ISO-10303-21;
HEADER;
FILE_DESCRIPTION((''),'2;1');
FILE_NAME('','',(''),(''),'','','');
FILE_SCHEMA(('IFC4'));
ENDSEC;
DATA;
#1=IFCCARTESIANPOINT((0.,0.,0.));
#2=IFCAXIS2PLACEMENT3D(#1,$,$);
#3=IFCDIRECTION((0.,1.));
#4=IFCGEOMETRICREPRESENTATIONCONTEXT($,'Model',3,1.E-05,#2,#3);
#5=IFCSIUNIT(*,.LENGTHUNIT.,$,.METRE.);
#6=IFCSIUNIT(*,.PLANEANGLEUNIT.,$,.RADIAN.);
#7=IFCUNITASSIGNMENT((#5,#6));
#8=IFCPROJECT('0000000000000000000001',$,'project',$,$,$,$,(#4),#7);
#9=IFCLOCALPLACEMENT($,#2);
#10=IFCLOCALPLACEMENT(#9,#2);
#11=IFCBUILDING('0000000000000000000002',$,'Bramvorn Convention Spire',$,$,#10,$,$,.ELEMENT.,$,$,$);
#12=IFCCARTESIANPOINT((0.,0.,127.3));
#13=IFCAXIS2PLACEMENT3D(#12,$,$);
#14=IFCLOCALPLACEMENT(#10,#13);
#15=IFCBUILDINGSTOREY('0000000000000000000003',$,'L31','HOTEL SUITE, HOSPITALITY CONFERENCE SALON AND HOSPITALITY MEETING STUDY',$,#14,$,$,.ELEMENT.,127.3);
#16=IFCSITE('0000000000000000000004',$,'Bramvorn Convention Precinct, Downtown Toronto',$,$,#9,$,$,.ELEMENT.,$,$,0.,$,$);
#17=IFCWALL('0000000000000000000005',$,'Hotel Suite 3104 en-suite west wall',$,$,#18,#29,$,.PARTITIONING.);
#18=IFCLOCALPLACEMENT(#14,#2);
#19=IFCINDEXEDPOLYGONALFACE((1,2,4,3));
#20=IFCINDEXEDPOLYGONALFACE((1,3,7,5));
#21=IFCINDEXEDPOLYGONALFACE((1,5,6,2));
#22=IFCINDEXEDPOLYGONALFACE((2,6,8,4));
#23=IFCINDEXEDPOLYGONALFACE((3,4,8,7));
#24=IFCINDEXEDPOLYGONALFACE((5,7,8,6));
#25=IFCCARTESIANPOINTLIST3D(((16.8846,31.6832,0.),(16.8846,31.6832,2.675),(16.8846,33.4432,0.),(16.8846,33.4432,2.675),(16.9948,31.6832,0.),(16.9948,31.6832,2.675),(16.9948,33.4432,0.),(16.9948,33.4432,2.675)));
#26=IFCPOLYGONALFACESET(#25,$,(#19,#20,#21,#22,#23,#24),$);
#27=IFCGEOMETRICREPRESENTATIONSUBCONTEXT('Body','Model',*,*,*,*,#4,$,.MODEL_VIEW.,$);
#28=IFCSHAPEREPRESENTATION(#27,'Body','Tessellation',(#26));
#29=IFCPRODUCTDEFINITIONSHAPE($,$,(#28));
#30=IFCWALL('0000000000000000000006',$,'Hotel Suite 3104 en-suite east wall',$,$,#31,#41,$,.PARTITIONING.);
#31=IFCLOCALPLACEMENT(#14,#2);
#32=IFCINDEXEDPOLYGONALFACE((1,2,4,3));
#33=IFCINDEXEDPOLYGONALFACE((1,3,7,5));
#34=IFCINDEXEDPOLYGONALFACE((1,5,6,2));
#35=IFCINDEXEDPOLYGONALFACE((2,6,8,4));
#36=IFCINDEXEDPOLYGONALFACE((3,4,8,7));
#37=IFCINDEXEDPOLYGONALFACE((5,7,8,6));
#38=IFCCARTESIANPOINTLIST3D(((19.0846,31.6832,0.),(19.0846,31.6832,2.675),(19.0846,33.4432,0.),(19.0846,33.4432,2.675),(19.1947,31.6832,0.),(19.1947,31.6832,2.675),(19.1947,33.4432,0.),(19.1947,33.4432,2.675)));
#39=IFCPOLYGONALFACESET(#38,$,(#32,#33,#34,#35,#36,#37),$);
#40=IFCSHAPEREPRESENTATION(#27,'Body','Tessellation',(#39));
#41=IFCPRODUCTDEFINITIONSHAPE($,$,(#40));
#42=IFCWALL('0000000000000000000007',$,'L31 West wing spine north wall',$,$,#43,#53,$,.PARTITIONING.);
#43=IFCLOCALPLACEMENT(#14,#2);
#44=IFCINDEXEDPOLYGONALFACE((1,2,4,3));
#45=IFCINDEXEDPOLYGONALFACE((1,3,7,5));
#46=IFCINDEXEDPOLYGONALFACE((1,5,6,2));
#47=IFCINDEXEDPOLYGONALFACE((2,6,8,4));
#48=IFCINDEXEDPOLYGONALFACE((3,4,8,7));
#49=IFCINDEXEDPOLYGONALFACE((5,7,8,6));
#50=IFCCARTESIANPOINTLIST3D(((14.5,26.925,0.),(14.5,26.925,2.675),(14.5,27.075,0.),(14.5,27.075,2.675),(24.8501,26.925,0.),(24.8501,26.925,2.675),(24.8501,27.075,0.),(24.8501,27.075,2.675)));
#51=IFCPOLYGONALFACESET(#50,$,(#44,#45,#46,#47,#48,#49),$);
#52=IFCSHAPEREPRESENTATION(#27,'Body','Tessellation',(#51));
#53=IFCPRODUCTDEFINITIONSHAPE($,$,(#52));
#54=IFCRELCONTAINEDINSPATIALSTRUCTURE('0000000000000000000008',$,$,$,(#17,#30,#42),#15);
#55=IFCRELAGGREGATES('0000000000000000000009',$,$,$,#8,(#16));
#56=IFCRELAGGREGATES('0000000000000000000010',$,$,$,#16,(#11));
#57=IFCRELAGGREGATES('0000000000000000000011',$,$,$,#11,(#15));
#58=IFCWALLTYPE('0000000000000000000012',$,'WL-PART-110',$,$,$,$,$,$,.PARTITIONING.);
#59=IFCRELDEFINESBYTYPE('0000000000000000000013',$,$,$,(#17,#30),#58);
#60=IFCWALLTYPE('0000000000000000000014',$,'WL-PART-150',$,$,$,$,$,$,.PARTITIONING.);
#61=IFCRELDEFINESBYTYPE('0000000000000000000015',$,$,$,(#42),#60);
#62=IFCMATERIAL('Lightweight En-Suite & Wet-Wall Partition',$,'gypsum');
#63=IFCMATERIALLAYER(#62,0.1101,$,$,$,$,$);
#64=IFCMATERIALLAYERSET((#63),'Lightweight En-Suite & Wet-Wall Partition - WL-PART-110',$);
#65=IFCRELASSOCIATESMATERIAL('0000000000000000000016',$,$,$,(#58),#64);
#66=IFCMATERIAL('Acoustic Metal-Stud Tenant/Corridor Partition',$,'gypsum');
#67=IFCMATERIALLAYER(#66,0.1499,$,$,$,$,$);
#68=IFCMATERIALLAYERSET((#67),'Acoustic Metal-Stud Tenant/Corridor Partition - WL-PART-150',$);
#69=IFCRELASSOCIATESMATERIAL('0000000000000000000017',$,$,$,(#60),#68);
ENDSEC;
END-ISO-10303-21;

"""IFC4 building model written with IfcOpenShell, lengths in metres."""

from ifc_helpers import new_model, si_unit, direction, frame, frame_2d, origin, place, context, subcontext, project, spatial, rectangle, extrude, material, layer, layer_set, type_object, element, save


model = new_model("IFC4")

# Units and contexts
model_context = context("Model", 3, precision=1e-05, world=origin(), true_north=direction((0.0, 1.0)))
body_context = subcontext(model_context, "Body", "Model", "MODEL_VIEW")
ifc_project = project(units=[si_unit("LENGTHUNIT", "METRE"), si_unit("PLANEANGLEUNIT", "RADIAN")], contexts=[model_context])

# Site, building, storey
site_placement = place(None, origin())
site = spatial("IfcSite", under=ifc_project, at=site_placement, Name="Bramvorn Convention Precinct, Downtown Toronto", CompositionType="ELEMENT", RefElevation=0.0)
building_placement = place(site_placement, origin())
building = spatial("IfcBuilding", under=site, at=building_placement, Name="Bramvorn Convention Spire", CompositionType="ELEMENT")
storey_placement = place(building_placement, frame((0.0, 0.0, 127.3)))
storey = spatial("IfcBuildingStorey", under=building, at=storey_placement, Name="L31", Description="HOTEL SUITE, HOSPITALITY CONFERENCE SALON AND HOSPITALITY MEETING STUDY", CompositionType="ELEMENT", Elevation=127.3)

# Shared definitions
ifc_material_1 = material(Name="Lightweight En-Suite & Wet-Wall Partition", Category="gypsum")
ifc_layer_1 = layer(ifc_material_1, 0.1101)
ifc_layer_set_1 = layer_set([ifc_layer_1], Name="Lightweight En-Suite & Wet-Wall Partition - WL-PART-110")
wall_type_1 = type_object("IfcWallType", Name="WL-PART-110", PredefinedType="PARTITIONING", material=ifc_layer_set_1)

# Walls
for number, where, z_axis, x_axis, name in (
    (1, (16.9397, 31.6833, 0.0), (0.0, 0.0, 1.0), (0.0, 1.0, 0.0), "Hotel Suite 3104 en-suite west wall"),
    (2, (19.1396, 31.6833, 0.0), (0.0, 0.0, 1.0), (0.0, 1.0, 0.0), "Hotel Suite 3104 en-suite east wall"),
):
    element("IfcWall", number, at=place(storey_placement, frame(where, z_axis=z_axis, x_axis=x_axis)), inside=storey, type_object=wall_type_1, Name=name, PredefinedType="PARTITIONING", context=body_context, shape_type="SweptSolid", body=[
        extrude(rectangle(XDim=1.76, YDim=0.1101, at=frame_2d((0.8799, 0.0))), origin(), (0.0, 0.0, 1.0), 2.675),
    ])
ifc_material_2 = material(Name="Acoustic Metal-Stud Tenant/Corridor Partition", Category="gypsum")
ifc_layer_2 = layer(ifc_material_2, 0.1499)
ifc_layer_set_2 = layer_set([ifc_layer_2], Name="Acoustic Metal-Stud Tenant/Corridor Partition - WL-PART-150")
wall_type_2 = type_object("IfcWallType", Name="WL-PART-150", PredefinedType="PARTITIONING", material=ifc_layer_set_2)
wall_1_placement = place(storey_placement, frame((14.5, 27.0, 0.0), z_axis=(0.0, 0.0, 1.0), x_axis=(1.0, 0.0, 0.0)))
element("IfcWall", 3, at=wall_1_placement, inside=storey, type_object=wall_type_2, Name="L31 West wing spine north wall", PredefinedType="PARTITIONING", context=body_context, shape_type="SweptSolid", body=[
    extrude(rectangle(XDim=10.3501, YDim=0.1499, at=frame_2d((5.175, 0.0))), origin(), (0.0, 0.0, 1.0), 2.675),
])

save(model, "model.ifc")
